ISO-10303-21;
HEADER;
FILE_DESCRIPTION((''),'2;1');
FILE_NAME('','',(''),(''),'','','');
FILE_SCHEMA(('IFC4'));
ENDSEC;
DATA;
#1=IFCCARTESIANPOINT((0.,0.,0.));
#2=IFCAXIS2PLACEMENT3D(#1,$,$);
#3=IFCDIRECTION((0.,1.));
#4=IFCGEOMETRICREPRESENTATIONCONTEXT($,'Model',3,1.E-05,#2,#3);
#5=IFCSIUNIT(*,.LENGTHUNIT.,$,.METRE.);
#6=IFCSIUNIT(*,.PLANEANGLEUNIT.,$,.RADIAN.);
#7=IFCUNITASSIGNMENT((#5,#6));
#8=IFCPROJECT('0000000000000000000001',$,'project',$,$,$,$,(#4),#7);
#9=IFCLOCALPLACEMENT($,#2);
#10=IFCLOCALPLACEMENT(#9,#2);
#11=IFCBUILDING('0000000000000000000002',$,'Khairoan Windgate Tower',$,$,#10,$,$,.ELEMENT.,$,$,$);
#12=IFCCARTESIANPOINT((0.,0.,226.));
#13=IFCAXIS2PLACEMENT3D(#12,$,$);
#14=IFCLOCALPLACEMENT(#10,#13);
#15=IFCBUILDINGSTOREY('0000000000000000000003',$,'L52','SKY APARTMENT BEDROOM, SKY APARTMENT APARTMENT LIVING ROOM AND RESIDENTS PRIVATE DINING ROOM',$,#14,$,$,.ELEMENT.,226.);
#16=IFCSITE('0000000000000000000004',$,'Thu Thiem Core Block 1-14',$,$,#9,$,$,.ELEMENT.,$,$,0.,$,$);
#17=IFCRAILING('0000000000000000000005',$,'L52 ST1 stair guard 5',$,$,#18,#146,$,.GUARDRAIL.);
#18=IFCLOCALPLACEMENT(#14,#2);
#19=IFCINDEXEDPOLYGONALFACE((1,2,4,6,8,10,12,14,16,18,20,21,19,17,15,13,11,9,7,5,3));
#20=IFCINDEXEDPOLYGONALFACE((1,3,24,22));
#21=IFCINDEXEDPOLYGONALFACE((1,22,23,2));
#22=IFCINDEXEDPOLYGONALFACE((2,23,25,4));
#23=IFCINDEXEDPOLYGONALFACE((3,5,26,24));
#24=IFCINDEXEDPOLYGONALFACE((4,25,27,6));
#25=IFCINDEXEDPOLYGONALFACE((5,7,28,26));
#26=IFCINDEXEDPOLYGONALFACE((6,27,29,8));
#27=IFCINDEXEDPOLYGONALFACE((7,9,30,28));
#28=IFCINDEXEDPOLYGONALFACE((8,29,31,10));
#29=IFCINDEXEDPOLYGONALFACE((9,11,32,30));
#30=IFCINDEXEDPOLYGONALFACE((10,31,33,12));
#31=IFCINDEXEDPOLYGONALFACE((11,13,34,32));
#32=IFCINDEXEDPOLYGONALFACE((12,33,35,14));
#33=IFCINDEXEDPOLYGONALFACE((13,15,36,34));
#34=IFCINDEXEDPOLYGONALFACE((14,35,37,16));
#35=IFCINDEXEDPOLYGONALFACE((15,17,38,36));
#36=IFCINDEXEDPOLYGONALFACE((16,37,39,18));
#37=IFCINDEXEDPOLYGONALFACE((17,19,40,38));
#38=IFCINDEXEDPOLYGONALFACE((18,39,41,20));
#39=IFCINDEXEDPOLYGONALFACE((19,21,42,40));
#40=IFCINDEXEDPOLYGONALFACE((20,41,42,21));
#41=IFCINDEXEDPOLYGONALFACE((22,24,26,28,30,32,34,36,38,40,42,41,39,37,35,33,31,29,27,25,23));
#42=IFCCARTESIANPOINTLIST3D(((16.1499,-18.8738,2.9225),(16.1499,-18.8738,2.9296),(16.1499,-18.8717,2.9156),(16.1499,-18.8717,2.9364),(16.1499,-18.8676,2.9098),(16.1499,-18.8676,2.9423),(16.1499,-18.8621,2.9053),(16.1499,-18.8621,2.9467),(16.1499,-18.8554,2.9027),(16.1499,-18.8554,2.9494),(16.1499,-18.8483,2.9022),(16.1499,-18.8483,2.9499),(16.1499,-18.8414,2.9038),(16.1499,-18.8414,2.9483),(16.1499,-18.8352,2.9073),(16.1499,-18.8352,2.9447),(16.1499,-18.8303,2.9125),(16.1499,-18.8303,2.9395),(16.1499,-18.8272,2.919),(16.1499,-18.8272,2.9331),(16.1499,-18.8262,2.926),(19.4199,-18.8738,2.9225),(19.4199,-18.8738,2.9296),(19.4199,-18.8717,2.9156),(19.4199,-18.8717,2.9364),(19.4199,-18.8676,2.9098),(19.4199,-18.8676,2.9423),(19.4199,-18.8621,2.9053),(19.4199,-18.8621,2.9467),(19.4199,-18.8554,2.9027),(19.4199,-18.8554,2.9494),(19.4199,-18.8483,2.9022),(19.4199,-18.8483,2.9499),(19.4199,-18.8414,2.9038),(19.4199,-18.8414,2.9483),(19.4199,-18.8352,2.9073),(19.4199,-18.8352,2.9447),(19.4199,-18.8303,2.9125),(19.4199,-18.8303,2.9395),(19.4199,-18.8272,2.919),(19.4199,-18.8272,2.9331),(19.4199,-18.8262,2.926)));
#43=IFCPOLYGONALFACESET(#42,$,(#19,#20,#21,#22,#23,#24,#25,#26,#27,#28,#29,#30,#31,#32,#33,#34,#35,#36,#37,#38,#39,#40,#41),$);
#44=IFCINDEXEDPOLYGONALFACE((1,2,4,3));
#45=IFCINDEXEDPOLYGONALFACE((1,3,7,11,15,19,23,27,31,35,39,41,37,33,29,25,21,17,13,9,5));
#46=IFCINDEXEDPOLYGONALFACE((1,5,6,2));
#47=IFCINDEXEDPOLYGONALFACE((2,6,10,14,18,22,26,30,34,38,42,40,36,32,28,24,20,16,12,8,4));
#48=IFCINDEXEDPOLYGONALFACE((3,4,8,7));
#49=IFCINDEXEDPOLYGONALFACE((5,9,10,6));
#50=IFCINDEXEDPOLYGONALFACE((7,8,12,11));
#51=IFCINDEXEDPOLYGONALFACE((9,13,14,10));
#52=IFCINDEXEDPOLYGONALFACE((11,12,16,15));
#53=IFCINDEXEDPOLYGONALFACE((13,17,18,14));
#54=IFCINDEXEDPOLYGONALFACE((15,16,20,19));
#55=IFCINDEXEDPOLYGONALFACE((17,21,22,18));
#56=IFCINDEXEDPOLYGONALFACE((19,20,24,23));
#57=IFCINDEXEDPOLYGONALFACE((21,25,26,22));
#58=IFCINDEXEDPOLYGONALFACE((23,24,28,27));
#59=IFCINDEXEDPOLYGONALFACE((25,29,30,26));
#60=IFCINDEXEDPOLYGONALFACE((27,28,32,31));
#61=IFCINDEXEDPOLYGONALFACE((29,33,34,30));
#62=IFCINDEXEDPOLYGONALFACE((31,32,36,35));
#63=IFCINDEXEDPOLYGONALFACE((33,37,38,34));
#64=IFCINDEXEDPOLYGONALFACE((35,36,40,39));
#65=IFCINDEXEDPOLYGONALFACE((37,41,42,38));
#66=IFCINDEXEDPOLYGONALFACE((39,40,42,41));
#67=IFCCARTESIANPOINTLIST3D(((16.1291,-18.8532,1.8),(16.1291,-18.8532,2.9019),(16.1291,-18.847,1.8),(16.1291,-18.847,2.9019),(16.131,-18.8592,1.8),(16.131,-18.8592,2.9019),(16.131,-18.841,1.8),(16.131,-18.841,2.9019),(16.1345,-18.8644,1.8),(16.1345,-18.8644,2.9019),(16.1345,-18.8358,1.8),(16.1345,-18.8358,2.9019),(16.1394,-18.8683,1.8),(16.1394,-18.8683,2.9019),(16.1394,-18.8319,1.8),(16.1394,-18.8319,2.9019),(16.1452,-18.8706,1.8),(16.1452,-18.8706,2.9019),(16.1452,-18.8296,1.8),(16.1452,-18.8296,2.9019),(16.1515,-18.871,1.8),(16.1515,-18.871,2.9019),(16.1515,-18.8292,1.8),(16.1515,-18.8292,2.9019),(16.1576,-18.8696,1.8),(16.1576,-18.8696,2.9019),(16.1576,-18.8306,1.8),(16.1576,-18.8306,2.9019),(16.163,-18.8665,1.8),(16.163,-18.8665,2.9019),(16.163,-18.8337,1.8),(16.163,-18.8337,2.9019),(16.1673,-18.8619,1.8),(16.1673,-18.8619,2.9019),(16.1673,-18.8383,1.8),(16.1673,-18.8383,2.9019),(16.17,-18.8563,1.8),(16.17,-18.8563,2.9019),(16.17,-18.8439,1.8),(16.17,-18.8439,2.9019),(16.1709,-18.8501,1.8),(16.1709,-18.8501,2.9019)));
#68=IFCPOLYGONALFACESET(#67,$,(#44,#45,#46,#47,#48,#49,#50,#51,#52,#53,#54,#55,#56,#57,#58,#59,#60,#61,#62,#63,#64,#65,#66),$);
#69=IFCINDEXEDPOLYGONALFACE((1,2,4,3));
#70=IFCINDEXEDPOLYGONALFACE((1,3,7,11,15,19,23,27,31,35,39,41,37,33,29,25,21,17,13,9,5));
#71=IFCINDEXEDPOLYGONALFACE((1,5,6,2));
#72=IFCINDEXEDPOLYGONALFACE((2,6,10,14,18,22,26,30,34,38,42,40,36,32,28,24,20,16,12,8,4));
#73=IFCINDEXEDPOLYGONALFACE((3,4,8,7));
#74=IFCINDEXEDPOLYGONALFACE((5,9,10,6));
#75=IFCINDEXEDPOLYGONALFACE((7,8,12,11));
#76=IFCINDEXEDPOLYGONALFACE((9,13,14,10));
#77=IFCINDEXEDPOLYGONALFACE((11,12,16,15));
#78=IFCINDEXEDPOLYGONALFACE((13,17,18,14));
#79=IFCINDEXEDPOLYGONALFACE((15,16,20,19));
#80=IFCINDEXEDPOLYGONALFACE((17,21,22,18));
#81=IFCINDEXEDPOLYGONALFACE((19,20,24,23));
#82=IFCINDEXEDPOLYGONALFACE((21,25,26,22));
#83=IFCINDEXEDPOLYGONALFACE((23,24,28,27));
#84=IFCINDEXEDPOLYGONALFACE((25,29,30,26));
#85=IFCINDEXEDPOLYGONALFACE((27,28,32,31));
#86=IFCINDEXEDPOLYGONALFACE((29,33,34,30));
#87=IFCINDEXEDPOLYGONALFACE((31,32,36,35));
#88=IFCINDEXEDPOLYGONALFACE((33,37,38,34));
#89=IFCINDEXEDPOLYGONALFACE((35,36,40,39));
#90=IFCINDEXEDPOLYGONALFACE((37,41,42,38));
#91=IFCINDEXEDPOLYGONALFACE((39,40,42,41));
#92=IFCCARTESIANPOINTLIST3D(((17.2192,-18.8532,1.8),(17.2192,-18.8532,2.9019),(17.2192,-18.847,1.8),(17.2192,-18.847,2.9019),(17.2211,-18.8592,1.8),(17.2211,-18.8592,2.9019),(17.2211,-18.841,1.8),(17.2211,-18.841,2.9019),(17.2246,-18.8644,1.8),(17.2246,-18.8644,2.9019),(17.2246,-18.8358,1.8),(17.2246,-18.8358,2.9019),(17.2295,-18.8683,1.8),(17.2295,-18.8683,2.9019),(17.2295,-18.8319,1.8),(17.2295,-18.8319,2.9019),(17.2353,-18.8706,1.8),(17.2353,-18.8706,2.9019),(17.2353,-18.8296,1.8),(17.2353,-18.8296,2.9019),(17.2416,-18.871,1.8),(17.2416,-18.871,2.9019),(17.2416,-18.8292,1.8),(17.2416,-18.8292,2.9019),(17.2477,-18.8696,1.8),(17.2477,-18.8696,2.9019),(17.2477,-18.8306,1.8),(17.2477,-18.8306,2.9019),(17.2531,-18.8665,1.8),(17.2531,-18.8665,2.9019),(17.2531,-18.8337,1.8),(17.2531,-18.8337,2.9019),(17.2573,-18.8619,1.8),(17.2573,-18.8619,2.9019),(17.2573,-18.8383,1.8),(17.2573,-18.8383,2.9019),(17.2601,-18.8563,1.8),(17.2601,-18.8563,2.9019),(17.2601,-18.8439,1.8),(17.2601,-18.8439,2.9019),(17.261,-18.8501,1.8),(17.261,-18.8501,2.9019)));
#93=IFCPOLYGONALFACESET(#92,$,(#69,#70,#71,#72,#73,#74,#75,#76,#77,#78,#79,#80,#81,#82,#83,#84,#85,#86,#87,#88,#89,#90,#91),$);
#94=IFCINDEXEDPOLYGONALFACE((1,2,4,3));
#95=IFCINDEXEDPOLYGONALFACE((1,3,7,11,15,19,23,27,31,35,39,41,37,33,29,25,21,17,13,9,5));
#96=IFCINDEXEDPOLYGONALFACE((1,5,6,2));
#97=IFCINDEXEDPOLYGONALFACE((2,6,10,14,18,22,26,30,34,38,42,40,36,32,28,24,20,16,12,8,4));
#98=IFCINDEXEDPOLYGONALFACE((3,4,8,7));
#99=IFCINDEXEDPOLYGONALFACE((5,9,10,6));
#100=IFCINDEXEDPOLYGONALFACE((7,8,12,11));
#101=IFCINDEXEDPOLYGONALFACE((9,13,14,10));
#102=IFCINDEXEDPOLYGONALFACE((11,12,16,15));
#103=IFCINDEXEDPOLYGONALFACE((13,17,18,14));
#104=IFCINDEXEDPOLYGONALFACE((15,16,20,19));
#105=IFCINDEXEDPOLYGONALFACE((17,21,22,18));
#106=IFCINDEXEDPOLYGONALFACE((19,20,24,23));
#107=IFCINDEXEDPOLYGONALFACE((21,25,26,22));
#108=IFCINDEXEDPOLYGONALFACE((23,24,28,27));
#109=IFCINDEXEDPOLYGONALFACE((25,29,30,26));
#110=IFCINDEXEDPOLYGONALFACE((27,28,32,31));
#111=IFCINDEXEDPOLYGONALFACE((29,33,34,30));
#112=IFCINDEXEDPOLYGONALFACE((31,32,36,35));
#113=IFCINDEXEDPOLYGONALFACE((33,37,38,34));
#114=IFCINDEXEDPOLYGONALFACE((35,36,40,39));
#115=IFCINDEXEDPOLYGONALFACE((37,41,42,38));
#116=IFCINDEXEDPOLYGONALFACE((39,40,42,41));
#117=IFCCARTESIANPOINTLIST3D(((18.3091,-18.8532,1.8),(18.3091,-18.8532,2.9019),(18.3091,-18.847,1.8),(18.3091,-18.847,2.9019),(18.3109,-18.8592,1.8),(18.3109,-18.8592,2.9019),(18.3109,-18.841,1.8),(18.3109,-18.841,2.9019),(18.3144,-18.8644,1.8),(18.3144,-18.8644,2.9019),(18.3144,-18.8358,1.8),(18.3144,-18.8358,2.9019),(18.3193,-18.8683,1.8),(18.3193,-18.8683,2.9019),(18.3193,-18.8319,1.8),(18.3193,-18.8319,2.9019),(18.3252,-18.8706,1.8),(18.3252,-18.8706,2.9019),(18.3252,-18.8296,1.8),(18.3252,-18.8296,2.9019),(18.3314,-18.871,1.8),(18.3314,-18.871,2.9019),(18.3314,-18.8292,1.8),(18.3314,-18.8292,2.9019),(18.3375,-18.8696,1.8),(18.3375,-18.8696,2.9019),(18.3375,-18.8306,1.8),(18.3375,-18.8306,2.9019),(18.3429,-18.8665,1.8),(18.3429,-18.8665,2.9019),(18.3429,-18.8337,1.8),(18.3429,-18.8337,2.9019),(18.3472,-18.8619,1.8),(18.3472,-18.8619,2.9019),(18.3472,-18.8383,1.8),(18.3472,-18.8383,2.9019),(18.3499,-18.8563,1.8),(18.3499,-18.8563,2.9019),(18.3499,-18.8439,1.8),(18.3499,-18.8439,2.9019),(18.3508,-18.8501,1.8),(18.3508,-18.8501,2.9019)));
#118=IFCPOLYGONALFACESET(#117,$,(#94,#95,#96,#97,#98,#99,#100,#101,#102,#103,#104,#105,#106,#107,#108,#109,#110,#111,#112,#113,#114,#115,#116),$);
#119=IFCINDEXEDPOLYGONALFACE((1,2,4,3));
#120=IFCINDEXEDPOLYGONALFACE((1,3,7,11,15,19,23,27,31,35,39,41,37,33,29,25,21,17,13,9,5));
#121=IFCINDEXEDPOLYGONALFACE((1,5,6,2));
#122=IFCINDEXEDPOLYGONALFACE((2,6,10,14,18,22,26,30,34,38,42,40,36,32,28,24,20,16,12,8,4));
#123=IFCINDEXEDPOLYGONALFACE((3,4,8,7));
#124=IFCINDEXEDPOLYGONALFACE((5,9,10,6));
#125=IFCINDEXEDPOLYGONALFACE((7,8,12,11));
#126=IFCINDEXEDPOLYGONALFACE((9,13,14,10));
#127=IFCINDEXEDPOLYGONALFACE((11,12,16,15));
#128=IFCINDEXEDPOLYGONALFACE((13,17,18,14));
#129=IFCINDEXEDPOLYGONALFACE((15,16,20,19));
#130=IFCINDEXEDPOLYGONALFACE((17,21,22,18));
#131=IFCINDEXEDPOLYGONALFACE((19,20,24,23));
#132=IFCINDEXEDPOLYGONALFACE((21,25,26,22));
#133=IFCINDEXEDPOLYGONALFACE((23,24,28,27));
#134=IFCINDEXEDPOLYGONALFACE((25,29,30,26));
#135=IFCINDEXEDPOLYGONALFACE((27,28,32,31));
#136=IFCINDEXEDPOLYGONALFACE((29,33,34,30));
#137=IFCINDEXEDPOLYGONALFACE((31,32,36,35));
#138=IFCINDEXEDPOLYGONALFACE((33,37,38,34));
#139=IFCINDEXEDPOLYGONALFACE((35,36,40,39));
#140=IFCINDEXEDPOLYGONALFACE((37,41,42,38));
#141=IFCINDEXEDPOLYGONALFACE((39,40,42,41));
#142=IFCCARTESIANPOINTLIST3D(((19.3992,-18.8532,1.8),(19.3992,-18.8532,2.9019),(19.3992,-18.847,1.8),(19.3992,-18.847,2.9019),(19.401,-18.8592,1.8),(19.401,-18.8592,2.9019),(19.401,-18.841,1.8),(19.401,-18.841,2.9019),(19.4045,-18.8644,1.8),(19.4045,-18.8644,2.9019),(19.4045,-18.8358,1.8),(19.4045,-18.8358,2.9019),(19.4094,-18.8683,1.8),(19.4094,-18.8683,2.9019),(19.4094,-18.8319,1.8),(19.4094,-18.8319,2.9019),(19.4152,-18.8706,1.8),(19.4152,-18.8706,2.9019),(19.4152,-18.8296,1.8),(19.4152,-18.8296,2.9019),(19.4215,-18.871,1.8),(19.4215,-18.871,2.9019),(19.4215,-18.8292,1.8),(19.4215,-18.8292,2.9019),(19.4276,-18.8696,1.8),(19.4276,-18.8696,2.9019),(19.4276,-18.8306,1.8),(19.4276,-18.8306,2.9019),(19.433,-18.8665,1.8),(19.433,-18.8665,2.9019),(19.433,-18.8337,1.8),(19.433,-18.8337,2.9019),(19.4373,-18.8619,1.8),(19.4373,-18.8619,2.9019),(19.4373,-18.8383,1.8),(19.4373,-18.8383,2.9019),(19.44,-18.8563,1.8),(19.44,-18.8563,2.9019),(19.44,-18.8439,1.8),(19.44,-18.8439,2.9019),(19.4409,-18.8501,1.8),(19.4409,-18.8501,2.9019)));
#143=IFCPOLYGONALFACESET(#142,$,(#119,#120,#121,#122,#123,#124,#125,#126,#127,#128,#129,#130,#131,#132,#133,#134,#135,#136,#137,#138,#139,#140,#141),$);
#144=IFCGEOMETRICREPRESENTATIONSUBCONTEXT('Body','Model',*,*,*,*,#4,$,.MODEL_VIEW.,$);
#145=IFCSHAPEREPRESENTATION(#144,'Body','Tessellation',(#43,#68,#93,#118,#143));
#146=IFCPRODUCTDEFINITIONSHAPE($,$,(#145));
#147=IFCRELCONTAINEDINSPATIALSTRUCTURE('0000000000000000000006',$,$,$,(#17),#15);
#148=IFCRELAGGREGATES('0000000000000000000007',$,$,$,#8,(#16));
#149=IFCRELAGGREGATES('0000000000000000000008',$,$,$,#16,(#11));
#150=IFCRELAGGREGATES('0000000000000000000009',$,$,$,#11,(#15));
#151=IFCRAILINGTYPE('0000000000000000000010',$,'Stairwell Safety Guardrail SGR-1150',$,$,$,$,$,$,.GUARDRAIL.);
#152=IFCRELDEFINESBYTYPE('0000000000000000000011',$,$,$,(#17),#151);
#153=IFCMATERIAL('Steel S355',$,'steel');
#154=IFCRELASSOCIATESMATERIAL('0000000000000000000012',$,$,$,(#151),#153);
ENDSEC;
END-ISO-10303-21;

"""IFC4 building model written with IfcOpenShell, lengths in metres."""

from ifc_helpers import new_model, si_unit, direction, frame, origin, origin_2d, place, context, subcontext, project, spatial, circle, extrude, material, type_object, element, save


model = new_model("IFC4")

# Units and contexts
model_context = context("Model", 3, precision=1e-05, world=origin(), true_north=direction((0.0, 1.0)))
body_context = subcontext(model_context, "Body", "Model", "MODEL_VIEW")
ifc_project = project(units=[si_unit("LENGTHUNIT", "METRE"), si_unit("PLANEANGLEUNIT", "RADIAN")], contexts=[model_context])

# Site, building, storey
site_placement = place(None, origin())
site = spatial("IfcSite", under=ifc_project, at=site_placement, Name="Thu Thiem Core Block 1-14", CompositionType="ELEMENT", RefElevation=0.0)
building_placement = place(site_placement, origin())
building = spatial("IfcBuilding", under=site, at=building_placement, Name="Khairoan Windgate Tower", CompositionType="ELEMENT")
storey_placement = place(building_placement, frame((0.0, 0.0, 226.0)))
storey = spatial("IfcBuildingStorey", under=building, at=storey_placement, Name="L52", Description="SKY APARTMENT BEDROOM, SKY APARTMENT APARTMENT LIVING ROOM AND RESIDENTS PRIVATE DINING ROOM", CompositionType="ELEMENT", Elevation=226.0)

# Railing
ifc_material_1 = material(Name="Steel S355", Category="steel")
railing_type = type_object("IfcRailingType", Name="Stairwell Safety Guardrail SGR-1150", PredefinedType="GUARDRAIL", material=ifc_material_1)
railing_1_placement = place(storey_placement, frame((16.1499, -18.8501, 1.8)))
element("IfcRailing", 1, at=railing_1_placement, inside=storey, type_object=railing_type, Name="L52 ST1 stair guard 5", PredefinedType="GUARDRAIL", context=body_context, shape_type="SweptSolid", body=[
    extrude(circle(Radius=0.0239, at=origin_2d()), frame((0.0, 0.0, 1.126), z_axis=(1.0, 0.0, 0.0), x_axis=(0.0, 1.0, 0.0)), (0.0, 0.0, 1.0), 3.27),
    extrude(circle(Radius=0.021, at=origin_2d()), origin(), (0.0, 0.0, 1.0), 1.1018),
    extrude(circle(Radius=0.021, at=origin_2d()), frame((1.0901, 0.0, 0.0)), (0.0, 0.0, 1.0), 1.1018),
    extrude(circle(Radius=0.021, at=origin_2d()), frame((2.1799, 0.0, 0.0)), (0.0, 0.0, 1.0), 1.1018),
    extrude(circle(Radius=0.021, at=origin_2d()), frame((3.27, 0.0, 0.0)), (0.0, 0.0, 1.0), 1.1018),
])

save(model, "model.ifc")
